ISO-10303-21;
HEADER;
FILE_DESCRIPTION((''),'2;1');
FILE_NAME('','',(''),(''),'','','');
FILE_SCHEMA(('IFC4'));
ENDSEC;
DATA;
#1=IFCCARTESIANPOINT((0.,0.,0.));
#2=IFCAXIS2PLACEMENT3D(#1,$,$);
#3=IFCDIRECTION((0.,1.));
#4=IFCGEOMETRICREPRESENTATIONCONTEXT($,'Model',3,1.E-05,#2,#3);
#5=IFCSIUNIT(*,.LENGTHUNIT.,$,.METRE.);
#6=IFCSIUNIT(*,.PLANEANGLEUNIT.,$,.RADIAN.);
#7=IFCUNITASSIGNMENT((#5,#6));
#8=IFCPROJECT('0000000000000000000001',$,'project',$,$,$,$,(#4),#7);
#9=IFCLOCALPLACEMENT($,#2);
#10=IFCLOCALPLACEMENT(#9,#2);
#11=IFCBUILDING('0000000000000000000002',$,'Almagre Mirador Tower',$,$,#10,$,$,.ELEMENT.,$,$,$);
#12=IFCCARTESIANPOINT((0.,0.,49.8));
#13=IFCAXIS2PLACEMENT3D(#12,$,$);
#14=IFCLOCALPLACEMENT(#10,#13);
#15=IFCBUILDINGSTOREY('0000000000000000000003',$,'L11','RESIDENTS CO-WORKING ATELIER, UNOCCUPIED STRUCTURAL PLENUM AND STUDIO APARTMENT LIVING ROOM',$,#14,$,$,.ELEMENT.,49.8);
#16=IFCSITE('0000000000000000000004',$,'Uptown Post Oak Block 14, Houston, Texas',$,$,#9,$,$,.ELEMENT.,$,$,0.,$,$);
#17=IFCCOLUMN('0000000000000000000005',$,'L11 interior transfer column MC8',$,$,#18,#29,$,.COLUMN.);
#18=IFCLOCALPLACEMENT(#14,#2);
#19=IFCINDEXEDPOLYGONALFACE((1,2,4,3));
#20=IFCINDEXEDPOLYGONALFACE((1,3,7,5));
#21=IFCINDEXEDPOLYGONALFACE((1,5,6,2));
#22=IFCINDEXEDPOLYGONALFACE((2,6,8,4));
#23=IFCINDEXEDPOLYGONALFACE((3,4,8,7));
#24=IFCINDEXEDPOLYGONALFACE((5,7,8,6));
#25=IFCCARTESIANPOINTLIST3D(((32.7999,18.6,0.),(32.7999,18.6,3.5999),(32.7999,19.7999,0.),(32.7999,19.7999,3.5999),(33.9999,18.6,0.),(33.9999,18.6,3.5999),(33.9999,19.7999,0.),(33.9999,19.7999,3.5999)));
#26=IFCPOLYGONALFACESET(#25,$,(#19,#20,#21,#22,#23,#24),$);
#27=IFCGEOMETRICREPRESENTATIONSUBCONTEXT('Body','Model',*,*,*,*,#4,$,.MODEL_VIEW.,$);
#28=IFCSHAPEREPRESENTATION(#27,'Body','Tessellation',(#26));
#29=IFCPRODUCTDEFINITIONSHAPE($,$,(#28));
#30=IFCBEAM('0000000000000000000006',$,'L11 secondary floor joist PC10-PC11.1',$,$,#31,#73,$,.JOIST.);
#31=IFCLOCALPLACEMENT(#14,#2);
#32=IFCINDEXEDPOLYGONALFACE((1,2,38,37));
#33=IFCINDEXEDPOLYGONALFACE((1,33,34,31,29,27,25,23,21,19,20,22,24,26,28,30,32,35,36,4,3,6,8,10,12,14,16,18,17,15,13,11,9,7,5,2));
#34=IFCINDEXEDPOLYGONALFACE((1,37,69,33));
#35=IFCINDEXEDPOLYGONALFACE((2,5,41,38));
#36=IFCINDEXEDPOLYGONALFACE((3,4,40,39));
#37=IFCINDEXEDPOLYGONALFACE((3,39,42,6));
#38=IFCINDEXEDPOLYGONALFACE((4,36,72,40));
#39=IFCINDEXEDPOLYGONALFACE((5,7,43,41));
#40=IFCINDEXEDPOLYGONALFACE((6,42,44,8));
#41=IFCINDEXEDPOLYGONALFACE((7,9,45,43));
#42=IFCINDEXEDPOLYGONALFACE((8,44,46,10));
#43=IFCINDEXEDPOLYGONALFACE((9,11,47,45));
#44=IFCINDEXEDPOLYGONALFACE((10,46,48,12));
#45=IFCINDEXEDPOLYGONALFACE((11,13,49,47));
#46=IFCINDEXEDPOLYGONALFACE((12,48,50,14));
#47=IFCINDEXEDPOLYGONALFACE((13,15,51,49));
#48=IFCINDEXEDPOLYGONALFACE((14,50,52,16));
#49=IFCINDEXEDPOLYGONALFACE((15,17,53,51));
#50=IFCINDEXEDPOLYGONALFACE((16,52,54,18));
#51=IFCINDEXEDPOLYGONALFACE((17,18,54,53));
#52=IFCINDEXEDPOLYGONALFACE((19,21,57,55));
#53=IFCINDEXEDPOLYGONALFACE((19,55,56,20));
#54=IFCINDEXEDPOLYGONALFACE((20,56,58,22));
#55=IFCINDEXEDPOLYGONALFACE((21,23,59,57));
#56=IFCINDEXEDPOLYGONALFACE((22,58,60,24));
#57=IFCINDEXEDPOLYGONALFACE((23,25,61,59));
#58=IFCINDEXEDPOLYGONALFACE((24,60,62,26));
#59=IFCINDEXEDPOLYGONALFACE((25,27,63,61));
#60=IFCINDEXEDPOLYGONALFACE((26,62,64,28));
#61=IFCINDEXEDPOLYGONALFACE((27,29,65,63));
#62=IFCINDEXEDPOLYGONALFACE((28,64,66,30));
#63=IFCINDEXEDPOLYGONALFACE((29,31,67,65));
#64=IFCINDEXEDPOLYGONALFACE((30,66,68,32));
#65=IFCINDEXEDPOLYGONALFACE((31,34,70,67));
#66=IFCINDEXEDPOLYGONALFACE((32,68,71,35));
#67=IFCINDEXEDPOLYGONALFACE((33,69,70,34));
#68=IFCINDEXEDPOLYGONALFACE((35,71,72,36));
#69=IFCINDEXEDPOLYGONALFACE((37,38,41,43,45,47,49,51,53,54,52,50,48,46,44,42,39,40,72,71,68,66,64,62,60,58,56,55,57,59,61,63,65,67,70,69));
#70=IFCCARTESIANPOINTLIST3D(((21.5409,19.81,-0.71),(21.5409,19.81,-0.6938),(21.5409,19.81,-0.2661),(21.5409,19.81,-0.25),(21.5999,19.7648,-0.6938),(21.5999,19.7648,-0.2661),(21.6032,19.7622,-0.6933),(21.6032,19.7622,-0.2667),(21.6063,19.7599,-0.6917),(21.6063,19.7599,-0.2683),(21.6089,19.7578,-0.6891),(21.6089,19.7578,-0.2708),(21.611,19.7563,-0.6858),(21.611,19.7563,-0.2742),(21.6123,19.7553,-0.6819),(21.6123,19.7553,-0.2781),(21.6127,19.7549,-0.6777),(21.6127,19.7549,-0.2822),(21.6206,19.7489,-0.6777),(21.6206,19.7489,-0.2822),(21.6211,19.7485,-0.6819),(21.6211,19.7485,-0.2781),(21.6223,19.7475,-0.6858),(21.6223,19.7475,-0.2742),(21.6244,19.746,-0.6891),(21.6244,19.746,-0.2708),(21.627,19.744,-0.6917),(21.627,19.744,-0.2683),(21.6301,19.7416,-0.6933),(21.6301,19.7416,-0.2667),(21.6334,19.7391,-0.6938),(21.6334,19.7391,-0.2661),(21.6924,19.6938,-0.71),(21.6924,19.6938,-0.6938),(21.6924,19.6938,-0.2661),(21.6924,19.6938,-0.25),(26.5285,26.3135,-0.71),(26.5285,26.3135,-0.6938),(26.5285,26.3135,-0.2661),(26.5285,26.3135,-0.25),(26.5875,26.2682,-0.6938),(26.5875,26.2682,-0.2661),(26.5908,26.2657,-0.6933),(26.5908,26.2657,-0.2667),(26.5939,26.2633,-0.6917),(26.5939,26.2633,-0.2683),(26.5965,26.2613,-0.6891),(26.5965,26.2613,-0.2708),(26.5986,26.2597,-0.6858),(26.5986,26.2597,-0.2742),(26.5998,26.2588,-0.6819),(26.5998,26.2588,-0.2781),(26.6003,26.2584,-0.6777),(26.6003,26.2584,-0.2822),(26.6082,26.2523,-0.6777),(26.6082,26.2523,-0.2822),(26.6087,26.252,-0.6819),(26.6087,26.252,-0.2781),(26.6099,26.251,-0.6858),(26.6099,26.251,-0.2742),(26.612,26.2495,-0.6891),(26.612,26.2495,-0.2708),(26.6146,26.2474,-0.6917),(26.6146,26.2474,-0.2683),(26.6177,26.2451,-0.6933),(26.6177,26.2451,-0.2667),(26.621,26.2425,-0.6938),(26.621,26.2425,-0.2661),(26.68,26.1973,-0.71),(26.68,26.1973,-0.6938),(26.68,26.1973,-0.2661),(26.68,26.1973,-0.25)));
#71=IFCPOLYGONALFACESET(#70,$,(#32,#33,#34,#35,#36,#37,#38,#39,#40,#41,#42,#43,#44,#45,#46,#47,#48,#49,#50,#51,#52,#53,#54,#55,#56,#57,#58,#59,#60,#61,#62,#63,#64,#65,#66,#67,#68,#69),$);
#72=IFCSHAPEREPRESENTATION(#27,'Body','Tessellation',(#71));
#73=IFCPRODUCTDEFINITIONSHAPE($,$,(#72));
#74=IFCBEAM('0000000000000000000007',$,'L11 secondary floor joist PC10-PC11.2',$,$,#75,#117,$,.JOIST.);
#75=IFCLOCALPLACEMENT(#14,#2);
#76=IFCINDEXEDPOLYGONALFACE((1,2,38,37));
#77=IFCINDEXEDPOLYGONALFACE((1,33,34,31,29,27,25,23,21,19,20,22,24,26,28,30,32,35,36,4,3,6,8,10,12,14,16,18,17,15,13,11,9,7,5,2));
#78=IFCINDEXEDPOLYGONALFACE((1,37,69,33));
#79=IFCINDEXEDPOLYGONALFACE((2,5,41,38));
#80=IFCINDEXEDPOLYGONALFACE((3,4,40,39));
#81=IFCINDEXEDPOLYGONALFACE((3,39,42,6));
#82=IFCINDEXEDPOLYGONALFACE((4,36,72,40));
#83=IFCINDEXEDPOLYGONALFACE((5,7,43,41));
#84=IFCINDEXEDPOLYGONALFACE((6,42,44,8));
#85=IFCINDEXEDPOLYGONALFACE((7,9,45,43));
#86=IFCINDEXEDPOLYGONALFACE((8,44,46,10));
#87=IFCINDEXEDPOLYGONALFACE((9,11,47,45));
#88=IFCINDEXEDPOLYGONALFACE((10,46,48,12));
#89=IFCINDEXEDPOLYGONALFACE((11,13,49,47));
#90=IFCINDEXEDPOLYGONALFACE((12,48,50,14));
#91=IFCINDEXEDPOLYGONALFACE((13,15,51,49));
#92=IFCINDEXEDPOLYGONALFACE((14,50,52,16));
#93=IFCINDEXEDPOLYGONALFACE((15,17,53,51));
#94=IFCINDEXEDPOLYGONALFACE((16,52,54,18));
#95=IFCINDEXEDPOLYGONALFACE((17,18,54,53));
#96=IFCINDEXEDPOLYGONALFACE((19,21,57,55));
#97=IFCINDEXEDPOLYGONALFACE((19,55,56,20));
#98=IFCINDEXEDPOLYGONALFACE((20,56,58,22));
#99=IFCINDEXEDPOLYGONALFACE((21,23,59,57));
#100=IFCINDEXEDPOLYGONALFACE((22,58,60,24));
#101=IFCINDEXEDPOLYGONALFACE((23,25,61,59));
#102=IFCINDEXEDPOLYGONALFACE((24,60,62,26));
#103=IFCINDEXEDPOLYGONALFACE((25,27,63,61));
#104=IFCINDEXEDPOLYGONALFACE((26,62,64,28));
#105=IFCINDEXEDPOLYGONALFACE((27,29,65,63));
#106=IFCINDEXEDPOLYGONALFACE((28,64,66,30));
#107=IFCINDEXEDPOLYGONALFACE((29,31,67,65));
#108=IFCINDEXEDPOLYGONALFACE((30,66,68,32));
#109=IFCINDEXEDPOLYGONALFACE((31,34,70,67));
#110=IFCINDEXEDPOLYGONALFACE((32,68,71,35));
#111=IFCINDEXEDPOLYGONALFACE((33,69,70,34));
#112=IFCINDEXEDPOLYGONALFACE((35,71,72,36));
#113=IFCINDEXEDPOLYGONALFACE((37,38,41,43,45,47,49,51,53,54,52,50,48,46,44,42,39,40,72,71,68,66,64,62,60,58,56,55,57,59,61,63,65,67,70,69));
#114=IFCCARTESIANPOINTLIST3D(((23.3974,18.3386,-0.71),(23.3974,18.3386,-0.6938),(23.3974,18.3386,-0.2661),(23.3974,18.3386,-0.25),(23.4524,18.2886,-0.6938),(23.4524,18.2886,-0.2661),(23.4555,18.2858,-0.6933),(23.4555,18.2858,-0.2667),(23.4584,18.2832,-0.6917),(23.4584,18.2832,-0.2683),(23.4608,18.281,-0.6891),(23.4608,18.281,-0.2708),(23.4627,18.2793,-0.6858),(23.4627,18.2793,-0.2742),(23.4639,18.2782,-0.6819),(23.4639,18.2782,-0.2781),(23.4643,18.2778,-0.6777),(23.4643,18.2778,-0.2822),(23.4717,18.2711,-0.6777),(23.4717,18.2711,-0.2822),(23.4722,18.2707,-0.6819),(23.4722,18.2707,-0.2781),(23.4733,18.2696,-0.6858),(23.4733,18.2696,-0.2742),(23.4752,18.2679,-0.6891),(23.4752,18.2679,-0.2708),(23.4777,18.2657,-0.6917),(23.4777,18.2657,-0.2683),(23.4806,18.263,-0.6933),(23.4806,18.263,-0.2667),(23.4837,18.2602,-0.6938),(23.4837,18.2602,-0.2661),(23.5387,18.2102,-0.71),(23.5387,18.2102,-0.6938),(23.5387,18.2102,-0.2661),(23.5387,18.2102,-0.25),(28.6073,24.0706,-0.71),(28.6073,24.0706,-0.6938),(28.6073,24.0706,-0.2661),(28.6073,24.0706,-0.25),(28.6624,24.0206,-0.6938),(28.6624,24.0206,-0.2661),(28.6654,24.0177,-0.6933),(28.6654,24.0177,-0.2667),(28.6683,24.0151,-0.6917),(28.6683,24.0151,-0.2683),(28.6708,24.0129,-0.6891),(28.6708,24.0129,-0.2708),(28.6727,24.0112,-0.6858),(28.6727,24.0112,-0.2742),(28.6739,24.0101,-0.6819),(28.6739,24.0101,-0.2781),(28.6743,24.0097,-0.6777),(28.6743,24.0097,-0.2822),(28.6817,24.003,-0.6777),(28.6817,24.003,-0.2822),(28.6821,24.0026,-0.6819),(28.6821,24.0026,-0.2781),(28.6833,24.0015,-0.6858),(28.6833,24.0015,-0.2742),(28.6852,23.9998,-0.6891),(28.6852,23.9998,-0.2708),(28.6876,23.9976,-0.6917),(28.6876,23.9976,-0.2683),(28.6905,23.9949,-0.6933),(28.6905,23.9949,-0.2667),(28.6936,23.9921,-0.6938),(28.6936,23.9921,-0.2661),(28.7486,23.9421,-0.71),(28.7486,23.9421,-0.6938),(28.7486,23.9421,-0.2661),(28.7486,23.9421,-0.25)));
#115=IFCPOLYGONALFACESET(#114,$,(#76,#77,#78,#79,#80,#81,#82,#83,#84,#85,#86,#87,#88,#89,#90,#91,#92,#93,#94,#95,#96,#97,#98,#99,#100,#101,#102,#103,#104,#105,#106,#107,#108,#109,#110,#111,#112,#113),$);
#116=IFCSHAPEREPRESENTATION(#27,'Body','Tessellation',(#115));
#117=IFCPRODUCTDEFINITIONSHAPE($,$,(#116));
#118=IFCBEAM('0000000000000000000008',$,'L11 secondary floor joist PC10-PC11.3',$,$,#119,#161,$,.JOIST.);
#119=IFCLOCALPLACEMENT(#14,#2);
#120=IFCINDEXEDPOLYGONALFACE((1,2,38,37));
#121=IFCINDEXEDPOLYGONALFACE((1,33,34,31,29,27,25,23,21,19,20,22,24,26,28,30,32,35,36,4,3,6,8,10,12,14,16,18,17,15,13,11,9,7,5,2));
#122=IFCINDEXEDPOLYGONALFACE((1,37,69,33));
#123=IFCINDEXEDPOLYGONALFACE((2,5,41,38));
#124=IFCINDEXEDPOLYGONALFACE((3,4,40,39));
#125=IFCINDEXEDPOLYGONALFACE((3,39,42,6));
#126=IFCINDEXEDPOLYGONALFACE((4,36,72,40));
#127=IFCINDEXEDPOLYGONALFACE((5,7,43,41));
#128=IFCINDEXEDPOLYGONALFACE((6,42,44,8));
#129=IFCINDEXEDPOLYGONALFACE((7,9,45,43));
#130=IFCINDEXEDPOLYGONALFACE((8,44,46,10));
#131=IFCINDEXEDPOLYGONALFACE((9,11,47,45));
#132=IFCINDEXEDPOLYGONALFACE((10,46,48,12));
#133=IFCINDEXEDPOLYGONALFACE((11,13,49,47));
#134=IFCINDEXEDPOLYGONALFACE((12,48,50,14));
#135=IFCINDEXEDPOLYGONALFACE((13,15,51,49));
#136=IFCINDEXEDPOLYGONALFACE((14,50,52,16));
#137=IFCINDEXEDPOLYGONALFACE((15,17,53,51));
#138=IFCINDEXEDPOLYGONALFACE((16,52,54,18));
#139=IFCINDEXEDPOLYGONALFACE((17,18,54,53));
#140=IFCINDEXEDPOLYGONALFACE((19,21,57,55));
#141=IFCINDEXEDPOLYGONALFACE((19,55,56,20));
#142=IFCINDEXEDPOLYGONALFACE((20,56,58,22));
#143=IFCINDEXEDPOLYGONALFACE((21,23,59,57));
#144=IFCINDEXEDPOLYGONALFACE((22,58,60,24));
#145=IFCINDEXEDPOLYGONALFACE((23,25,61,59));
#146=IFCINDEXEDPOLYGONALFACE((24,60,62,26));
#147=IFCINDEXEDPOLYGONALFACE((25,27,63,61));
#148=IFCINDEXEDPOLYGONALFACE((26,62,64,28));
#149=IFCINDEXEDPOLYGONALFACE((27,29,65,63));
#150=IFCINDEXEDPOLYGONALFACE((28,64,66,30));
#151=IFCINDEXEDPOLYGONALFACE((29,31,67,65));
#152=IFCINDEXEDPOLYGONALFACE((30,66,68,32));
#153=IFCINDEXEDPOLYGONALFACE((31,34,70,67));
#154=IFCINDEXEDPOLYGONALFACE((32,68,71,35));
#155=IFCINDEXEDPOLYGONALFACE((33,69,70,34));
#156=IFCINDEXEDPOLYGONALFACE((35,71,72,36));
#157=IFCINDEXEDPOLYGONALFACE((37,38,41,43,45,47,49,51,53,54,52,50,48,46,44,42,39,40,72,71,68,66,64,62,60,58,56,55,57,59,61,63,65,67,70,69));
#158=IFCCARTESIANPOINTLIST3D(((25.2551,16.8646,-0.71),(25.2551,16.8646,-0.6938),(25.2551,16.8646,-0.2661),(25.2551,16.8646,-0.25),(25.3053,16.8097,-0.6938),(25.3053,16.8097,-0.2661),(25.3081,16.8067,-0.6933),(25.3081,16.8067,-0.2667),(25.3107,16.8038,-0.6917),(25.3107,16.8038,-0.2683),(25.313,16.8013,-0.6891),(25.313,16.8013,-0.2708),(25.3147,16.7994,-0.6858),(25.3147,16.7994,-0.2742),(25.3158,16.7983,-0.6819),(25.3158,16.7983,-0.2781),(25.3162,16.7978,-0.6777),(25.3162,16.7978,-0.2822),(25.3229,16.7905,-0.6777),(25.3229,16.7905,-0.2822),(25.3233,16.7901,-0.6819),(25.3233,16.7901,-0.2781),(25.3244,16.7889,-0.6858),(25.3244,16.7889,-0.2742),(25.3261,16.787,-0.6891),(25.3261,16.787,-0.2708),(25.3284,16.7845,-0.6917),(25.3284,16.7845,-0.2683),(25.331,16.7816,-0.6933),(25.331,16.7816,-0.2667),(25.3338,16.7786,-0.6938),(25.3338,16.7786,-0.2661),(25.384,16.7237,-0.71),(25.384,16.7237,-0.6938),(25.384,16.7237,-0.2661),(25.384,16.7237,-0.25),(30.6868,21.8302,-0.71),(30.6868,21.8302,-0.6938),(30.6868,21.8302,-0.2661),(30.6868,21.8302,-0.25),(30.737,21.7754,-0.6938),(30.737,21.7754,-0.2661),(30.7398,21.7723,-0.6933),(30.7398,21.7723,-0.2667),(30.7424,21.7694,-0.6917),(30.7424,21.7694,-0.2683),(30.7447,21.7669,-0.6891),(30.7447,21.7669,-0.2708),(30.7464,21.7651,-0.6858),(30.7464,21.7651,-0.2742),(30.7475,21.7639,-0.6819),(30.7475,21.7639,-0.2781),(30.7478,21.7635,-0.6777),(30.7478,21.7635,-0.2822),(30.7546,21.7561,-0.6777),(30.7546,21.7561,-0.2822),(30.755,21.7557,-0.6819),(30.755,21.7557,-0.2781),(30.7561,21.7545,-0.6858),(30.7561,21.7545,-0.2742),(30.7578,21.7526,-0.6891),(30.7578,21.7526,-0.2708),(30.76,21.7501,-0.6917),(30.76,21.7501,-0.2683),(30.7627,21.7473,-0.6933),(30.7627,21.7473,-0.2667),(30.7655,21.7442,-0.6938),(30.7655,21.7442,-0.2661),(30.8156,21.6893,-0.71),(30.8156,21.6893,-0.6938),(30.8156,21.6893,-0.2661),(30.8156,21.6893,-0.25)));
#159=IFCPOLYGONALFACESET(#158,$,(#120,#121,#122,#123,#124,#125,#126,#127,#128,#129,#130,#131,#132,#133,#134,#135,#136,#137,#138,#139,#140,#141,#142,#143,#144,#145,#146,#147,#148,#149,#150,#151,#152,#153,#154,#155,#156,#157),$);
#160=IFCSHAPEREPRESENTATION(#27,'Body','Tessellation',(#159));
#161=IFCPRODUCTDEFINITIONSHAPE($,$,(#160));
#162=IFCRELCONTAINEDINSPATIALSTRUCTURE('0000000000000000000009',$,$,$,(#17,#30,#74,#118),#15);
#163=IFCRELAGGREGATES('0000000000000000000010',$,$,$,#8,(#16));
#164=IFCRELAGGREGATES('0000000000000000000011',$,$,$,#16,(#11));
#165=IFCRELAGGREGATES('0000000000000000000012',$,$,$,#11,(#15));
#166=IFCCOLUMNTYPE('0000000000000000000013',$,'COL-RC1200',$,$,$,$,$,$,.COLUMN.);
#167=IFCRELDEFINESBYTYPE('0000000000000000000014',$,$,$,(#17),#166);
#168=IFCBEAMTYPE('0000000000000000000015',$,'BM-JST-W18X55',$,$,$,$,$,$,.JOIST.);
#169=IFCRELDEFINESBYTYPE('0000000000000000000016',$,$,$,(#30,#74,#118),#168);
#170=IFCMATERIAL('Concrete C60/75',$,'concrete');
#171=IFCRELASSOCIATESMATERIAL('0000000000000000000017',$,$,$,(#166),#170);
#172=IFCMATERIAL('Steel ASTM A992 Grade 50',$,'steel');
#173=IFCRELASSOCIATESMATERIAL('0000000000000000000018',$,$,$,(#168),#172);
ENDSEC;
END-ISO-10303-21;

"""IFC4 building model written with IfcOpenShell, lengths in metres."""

from ifc_helpers import new_model, si_unit, direction, frame, origin, origin_2d, place, context, subcontext, project, spatial, rectangle, i_section, extrude, material, material_profile, profile_set, type_object, element, save


model = new_model("IFC4")

# Units and contexts
model_context = context("Model", 3, precision=1e-05, world=origin(), true_north=direction((0.0, 1.0)))
body_context = subcontext(model_context, "Body", "Model", "MODEL_VIEW")
ifc_project = project(units=[si_unit("LENGTHUNIT", "METRE"), si_unit("PLANEANGLEUNIT", "RADIAN")], contexts=[model_context])

# Site, building, storey
site_placement = place(None, origin())
site = spatial("IfcSite", under=ifc_project, at=site_placement, Name="Uptown Post Oak Block 14, Houston, Texas", CompositionType="ELEMENT", RefElevation=0.0)
building_placement = place(site_placement, origin())
building = spatial("IfcBuilding", under=site, at=building_placement, Name="Almagre Mirador Tower", CompositionType="ELEMENT")
storey_placement = place(building_placement, frame((0.0, 0.0, 49.8)))
storey = spatial("IfcBuildingStorey", under=building, at=storey_placement, Name="L11", Description="RESIDENTS CO-WORKING ATELIER, UNOCCUPIED STRUCTURAL PLENUM AND STUDIO APARTMENT LIVING ROOM", CompositionType="ELEMENT", Elevation=49.8)

# Column
ifc_material_1 = material(Name="Concrete C60/75", Category="concrete")
ifc_material_profile_1 = material_profile(ifc_material_1, rectangle(XDim=1.2, YDim=1.2, at=origin_2d()), Name="RC1200X1200")
ifc_profile_set_1 = profile_set([ifc_material_profile_1], Name="Concrete C60/75")
column_type = type_object("IfcColumnType", Name="COL-RC1200", PredefinedType="COLUMN", material=ifc_profile_set_1)
column_placement = place(storey_placement, frame((33.3999, 19.2, 0.0), z_axis=(0.0, 0.0, 1.0), x_axis=(1.0, 0.0, 0.0)))
element("IfcColumn", 1, at=column_placement, inside=storey, type_object=column_type, Name="L11 interior transfer column MC8", PredefinedType="COLUMN", context=body_context, shape_type="SweptSolid", body=[
    extrude(rectangle(XDim=1.2, YDim=1.2, at=origin_2d()), origin(), (0.0, 0.0, 1.0), 3.5999),
])

# Beams
ifc_material_2 = material(Name="Steel ASTM A992 Grade 50", Category="steel")
ifc_material_profile_2 = material_profile(ifc_material_2, i_section(OverallWidth=0.1909, OverallDepth=0.46, WebThickness=0.01, FlangeThickness=0.0161, FilletRadius=0.0161, at=origin_2d()), Name="W18X55")
ifc_profile_set_2 = profile_set([ifc_material_profile_2], Name="Steel ASTM A992 Grade 50")
beam_type_1 = type_object("IfcBeamType", Name="BM-JST-W18X55", PredefinedType="JOIST", material=ifc_profile_set_2)
beam_1_placement = place(storey_placement, frame((26.6042, 26.2554, -0.48), z_axis=(-0.608554, -0.793512, 0.0), x_axis=(0.793512, -0.608554, 0.0)))
element("IfcBeam", 2, at=beam_1_placement, inside=storey, type_object=beam_type_1, Name="L11 secondary floor joist PC10-PC11.1", PredefinedType="JOIST", context=body_context, shape_type="SweptSolid", body=[
    extrude(i_section(OverallWidth=0.1909, OverallDepth=0.46, WebThickness=0.01, FlangeThickness=0.0161, FilletRadius=0.0161, at=origin_2d()), origin(), (0.0, 0.0, 1.0), 8.1958),
])
beam_2_placement = place(storey_placement, frame((28.678, 24.0063, -0.48), z_axis=(-0.67261, -0.739997, 0.0), x_axis=(0.739997, -0.67261, 0.0)))
element("IfcBeam", 3, at=beam_2_placement, inside=storey, type_object=beam_type_1, Name="L11 secondary floor joist PC10-PC11.2", PredefinedType="JOIST", context=body_context, shape_type="SweptSolid", body=[
    extrude(i_section(OverallWidth=0.1909, OverallDepth=0.46, WebThickness=0.01, FlangeThickness=0.0161, FilletRadius=0.0161, at=origin_2d()), origin(), (0.0, 0.0, 1.0), 7.7458),
])
beam_3_placement = place(storey_placement, frame((30.7512, 21.7598, -0.48), z_axis=(-0.738062, -0.674733, 0.0), x_axis=(0.674733, -0.738062, 0.0)))
element("IfcBeam", 4, at=beam_3_placement, inside=storey, type_object=beam_type_1, Name="L11 secondary floor joist PC10-PC11.3", PredefinedType="JOIST", context=body_context, shape_type="SweptSolid", body=[
    extrude(i_section(OverallWidth=0.1909, OverallDepth=0.46, WebThickness=0.01, FlangeThickness=0.0161, FilletRadius=0.0161, at=origin_2d()), origin(), (0.0, 0.0, 1.0), 7.3594),
])

save(model, "model.ifc")
